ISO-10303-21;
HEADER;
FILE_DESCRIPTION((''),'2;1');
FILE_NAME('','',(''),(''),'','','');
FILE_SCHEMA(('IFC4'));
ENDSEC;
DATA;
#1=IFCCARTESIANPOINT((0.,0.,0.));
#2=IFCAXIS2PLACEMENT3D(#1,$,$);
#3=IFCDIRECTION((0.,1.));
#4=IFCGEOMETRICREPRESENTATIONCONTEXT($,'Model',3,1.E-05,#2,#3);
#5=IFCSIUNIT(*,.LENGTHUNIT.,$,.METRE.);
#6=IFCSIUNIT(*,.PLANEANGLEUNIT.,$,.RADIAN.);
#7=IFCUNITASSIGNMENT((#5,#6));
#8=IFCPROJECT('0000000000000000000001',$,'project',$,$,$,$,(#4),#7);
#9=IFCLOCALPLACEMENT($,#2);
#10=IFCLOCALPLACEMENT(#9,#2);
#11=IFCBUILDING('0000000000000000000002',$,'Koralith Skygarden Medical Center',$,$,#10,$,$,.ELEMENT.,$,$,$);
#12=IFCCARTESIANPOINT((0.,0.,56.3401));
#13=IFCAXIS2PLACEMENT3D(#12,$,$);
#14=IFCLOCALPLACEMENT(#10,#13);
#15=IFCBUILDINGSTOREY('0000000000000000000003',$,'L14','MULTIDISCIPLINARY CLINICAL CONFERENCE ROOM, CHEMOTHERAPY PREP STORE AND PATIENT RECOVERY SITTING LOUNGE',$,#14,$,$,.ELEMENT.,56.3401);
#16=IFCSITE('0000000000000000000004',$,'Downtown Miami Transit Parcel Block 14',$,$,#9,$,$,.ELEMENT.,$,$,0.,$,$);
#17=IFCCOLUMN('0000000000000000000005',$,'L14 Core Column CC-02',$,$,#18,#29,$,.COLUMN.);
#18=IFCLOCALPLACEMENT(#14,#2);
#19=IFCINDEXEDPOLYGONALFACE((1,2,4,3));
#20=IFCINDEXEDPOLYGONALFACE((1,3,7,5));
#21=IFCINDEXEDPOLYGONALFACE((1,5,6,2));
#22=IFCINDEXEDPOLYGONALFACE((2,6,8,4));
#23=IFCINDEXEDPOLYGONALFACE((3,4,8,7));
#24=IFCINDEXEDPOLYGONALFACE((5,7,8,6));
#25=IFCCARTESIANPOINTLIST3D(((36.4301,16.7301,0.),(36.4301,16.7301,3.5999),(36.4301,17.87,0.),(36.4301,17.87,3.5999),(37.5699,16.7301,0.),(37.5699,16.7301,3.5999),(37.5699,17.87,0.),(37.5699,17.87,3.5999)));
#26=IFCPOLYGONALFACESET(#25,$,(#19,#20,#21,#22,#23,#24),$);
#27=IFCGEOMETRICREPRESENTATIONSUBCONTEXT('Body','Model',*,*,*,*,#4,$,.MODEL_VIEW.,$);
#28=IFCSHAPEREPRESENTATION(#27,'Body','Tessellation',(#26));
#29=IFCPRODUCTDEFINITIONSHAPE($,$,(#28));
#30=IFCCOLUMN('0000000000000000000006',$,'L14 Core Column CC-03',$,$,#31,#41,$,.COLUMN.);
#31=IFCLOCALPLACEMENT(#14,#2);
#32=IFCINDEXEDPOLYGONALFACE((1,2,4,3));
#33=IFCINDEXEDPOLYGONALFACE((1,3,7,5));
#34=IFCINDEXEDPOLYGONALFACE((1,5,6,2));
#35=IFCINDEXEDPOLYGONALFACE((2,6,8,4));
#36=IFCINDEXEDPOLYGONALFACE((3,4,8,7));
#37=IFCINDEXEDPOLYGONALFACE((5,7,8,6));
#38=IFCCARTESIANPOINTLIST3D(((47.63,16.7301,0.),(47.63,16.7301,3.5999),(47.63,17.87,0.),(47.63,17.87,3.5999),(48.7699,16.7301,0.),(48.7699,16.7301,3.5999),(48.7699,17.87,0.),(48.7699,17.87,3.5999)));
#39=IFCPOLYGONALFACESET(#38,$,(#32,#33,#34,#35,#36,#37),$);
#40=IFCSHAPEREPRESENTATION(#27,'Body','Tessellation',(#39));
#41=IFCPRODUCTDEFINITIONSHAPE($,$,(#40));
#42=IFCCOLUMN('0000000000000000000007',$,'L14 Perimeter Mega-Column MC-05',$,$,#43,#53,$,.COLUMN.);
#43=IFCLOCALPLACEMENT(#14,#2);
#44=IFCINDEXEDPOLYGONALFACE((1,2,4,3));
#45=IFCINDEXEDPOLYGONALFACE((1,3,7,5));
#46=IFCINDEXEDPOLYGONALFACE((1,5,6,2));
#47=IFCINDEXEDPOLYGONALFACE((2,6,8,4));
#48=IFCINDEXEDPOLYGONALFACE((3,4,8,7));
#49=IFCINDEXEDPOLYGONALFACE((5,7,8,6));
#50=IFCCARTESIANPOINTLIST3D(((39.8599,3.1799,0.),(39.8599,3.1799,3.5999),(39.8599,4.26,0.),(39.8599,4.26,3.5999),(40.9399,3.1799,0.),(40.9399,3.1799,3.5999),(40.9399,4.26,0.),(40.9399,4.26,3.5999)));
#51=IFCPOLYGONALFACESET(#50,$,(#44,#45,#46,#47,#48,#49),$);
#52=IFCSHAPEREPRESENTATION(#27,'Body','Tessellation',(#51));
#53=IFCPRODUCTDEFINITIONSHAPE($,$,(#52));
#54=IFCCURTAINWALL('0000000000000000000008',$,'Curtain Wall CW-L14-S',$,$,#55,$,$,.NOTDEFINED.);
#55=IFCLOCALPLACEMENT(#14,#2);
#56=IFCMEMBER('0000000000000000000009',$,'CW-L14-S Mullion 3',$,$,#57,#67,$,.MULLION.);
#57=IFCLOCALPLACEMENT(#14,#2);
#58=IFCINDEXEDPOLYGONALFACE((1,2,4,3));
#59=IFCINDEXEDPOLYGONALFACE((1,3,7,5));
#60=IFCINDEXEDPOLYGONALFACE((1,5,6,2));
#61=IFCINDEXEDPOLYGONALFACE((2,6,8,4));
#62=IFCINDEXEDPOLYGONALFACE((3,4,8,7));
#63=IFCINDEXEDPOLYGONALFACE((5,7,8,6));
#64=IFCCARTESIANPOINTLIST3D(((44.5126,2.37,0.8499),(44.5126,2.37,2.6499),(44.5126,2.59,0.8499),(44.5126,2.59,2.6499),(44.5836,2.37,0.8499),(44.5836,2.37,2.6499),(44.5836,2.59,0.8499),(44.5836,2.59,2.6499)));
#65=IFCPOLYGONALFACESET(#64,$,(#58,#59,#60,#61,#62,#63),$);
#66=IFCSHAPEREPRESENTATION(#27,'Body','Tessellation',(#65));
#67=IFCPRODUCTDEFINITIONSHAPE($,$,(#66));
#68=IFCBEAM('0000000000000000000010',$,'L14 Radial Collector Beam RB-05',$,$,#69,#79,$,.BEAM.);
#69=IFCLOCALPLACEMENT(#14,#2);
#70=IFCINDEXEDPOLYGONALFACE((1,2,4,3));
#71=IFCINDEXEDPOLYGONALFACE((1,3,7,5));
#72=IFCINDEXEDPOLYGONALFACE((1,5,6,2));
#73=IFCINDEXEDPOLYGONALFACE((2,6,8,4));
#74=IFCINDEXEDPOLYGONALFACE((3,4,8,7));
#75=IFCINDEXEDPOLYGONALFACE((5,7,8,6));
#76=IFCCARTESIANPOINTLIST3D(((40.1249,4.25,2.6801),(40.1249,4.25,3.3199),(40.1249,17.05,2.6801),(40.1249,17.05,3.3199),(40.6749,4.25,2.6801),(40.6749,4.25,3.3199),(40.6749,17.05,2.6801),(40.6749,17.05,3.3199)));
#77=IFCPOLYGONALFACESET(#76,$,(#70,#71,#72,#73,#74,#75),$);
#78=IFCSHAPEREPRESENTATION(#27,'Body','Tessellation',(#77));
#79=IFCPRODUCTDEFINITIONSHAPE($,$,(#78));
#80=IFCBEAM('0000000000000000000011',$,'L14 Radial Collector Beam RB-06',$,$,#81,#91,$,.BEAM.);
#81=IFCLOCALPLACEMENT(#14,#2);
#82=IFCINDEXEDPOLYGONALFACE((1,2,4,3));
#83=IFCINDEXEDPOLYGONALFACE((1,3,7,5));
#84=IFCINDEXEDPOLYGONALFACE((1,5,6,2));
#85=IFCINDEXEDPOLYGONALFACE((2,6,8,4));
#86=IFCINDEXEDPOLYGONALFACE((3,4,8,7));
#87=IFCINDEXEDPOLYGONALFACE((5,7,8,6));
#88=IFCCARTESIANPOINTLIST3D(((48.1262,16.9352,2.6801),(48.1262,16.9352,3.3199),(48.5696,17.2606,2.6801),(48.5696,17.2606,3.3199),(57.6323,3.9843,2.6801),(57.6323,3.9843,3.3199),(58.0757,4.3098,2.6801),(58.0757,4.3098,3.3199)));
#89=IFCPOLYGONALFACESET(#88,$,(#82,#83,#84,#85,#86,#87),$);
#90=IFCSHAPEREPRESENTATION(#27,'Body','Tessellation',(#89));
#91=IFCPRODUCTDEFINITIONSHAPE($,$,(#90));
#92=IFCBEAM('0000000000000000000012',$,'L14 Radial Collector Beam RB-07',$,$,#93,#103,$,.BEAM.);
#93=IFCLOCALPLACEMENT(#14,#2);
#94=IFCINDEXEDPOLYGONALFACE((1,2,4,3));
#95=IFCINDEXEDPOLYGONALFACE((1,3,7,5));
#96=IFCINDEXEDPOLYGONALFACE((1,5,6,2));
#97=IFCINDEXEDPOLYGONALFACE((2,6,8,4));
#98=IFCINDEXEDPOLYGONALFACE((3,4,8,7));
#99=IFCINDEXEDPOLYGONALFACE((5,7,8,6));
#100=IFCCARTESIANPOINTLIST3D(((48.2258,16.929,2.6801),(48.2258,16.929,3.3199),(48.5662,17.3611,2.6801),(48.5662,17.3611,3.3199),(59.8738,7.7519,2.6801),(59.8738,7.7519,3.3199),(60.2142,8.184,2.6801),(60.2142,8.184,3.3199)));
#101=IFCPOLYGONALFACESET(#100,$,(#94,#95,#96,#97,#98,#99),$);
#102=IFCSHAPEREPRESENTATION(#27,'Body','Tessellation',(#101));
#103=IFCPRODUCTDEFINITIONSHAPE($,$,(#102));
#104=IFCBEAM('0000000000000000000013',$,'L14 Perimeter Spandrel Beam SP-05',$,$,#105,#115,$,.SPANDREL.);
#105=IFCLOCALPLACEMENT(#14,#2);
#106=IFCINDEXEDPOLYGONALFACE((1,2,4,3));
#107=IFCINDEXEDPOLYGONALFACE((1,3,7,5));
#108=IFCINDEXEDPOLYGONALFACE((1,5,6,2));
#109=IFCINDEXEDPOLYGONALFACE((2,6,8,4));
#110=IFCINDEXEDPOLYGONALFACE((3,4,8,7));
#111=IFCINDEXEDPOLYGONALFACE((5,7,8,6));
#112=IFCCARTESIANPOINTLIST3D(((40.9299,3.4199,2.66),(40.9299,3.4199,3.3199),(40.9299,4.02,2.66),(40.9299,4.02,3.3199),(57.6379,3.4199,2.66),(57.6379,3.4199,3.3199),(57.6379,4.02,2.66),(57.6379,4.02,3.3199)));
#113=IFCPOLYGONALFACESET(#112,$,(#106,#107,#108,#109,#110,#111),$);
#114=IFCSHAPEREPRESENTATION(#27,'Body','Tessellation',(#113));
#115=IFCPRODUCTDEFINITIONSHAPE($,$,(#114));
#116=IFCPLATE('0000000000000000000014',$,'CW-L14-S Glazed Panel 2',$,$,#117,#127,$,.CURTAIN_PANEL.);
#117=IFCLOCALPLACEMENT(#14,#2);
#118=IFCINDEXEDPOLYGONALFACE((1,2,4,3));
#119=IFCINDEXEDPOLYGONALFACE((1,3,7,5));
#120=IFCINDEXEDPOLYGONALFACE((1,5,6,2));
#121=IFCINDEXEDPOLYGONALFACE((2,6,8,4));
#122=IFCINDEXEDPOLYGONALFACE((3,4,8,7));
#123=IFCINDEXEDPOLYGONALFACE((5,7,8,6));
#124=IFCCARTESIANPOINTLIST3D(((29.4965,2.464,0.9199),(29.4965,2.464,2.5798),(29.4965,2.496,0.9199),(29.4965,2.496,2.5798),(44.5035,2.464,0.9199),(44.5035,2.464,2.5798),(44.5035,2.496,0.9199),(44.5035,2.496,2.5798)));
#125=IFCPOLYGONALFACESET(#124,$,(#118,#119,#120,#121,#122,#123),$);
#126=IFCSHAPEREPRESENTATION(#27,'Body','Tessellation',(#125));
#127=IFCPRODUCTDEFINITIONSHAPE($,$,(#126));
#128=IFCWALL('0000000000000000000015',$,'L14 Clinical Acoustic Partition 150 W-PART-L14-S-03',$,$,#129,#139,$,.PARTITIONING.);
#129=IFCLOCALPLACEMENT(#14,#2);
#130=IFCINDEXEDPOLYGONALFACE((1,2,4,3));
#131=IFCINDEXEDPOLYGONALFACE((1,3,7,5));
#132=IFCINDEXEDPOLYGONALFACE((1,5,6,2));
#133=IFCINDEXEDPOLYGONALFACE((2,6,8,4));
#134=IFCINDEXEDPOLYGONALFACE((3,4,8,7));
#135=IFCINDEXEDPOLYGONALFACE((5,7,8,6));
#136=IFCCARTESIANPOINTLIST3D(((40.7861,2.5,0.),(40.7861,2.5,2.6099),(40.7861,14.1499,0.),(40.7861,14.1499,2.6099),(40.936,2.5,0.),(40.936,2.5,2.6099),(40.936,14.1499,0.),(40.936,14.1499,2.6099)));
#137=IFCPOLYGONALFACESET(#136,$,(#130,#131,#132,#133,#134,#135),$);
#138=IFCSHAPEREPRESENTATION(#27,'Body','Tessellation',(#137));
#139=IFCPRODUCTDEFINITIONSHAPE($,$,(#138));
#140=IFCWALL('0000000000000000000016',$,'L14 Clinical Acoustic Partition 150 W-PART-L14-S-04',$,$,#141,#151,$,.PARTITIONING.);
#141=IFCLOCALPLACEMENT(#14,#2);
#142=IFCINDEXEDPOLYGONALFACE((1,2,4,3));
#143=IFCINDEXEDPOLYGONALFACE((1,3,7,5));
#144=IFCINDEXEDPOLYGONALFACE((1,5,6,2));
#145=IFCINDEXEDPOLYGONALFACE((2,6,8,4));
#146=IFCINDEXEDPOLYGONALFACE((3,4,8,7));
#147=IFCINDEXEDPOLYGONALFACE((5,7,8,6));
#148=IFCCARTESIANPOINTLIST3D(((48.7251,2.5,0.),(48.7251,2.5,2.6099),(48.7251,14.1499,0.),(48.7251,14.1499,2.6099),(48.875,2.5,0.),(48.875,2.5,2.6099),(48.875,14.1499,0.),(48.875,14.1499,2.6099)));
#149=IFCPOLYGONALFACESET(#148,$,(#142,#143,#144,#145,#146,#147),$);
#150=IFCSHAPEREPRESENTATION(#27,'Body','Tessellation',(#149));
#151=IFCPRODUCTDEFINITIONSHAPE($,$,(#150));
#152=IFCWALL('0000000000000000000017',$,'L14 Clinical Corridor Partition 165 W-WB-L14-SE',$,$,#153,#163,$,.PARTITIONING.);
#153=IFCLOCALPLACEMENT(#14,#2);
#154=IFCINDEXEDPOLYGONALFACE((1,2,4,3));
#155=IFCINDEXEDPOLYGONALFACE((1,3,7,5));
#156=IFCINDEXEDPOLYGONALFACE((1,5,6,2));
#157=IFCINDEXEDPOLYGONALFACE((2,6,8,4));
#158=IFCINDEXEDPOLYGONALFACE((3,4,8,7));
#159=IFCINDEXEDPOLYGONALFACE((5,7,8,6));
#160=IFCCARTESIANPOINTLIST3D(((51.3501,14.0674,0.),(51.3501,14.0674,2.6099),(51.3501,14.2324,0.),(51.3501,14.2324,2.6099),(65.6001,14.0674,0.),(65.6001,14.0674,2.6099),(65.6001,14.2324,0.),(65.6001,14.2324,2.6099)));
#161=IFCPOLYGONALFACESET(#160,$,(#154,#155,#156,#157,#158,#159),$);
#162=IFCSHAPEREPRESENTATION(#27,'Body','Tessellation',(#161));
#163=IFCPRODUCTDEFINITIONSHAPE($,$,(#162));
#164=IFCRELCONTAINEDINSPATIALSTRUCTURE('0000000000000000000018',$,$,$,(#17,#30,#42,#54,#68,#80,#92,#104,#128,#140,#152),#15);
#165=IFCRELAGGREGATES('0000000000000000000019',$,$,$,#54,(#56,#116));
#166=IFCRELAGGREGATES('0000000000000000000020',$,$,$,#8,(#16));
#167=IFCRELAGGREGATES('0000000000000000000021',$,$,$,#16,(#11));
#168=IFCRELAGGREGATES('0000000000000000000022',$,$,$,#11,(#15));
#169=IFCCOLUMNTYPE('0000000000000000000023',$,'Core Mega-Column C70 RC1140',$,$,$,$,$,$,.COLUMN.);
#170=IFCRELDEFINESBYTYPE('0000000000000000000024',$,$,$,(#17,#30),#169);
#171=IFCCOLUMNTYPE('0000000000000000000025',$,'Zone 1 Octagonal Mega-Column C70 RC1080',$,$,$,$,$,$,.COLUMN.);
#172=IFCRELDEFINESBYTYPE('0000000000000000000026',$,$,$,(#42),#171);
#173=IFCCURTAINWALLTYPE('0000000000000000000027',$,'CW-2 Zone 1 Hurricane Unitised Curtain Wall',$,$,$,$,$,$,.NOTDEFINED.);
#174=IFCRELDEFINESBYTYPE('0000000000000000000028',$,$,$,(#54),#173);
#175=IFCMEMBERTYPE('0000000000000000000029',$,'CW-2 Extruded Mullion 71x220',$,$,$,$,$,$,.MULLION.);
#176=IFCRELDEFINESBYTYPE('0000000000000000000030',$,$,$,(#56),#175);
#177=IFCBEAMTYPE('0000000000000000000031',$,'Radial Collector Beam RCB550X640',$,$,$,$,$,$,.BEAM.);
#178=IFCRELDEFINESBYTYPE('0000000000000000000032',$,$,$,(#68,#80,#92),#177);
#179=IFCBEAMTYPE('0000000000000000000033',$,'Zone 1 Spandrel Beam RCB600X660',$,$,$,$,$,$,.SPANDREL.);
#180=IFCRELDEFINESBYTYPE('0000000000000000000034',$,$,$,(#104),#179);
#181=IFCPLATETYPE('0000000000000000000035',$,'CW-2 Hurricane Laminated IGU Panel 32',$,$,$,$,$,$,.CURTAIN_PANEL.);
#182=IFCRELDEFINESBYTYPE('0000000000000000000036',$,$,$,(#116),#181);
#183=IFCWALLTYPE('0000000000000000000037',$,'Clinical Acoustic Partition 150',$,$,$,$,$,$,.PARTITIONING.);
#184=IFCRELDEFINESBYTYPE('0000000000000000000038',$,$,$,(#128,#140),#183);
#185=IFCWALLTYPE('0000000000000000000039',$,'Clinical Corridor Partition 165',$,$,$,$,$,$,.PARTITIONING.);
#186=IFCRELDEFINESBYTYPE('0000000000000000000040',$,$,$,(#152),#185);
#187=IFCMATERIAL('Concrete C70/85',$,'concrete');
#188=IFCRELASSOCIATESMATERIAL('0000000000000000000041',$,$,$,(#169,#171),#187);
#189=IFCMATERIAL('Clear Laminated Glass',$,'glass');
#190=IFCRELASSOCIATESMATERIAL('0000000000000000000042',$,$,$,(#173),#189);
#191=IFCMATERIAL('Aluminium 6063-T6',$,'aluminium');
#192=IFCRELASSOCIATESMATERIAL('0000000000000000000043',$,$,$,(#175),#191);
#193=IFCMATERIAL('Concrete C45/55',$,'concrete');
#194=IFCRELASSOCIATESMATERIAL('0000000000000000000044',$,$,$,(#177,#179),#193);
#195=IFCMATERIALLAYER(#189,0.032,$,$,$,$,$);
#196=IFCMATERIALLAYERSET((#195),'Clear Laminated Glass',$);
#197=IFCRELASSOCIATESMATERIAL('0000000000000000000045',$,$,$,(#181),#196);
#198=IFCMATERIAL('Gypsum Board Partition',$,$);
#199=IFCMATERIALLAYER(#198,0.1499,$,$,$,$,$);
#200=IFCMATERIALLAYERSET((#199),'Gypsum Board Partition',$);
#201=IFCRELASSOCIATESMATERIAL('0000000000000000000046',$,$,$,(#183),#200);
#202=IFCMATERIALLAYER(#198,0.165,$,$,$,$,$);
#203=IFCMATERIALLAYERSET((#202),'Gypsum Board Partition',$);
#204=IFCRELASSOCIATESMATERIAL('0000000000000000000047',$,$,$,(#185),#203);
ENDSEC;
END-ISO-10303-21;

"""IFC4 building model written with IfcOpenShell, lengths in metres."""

from ifc_helpers import new_model, si_unit, direction, frame, frame_2d, origin, origin_2d, place, context, subcontext, project, spatial, rectangle, extrude, material, layer, layer_set, material_profile, profile_set, type_object, element, aggregate, save


model = new_model("IFC4")

# Units and contexts
model_context = context("Model", 3, precision=1e-05, world=origin(), true_north=direction((0.0, 1.0)))
body_context = subcontext(model_context, "Body", "Model", "MODEL_VIEW")
ifc_project = project(units=[si_unit("LENGTHUNIT", "METRE"), si_unit("PLANEANGLEUNIT", "RADIAN")], contexts=[model_context])

# Site, building, storey
site_placement = place(None, origin())
site = spatial("IfcSite", under=ifc_project, at=site_placement, Name="Downtown Miami Transit Parcel Block 14", CompositionType="ELEMENT", RefElevation=0.0)
building_placement = place(site_placement, origin())
building = spatial("IfcBuilding", under=site, at=building_placement, Name="Koralith Skygarden Medical Center", CompositionType="ELEMENT")
storey_placement = place(building_placement, frame((0.0, 0.0, 56.3401)))
storey = spatial("IfcBuildingStorey", under=building, at=storey_placement, Name="L14", Description="MULTIDISCIPLINARY CLINICAL CONFERENCE ROOM, CHEMOTHERAPY PREP STORE AND PATIENT RECOVERY SITTING LOUNGE", CompositionType="ELEMENT", Elevation=56.3401)

# Columns
ifc_material_1 = material(Name="Concrete C70/85", Category="concrete")
ifc_material_profile_1 = material_profile(ifc_material_1, rectangle(XDim=1.1399, YDim=1.1399, at=origin_2d()), Name="RC1140X1140")
ifc_profile_set_1 = profile_set([ifc_material_profile_1], Name="Concrete C70/85")
column_type_1 = type_object("IfcColumnType", Name="Core Mega-Column C70 RC1140", PredefinedType="COLUMN", material=ifc_profile_set_1)
for number, where, z_axis, x_axis, name in (
    (1, (37.0, 17.3, 0.0), (0.0, 0.0, 1.0), (1.0, 0.0, 0.0), "L14 Core Column CC-02"),
    (2, (48.2, 17.3, 0.0), (0.0, 0.0, 1.0), (1.0, 0.0, 0.0), "L14 Core Column CC-03"),
):
    element("IfcColumn", number, at=place(storey_placement, frame(where, z_axis=z_axis, x_axis=x_axis)), inside=storey, type_object=column_type_1, Name=name, PredefinedType="COLUMN", context=body_context, shape_type="SweptSolid", body=[
        extrude(rectangle(XDim=1.1399, YDim=1.1399, at=origin_2d()), origin(), (0.0, 0.0, 1.0), 3.5999),
    ])
ifc_material_profile_2 = material_profile(ifc_material_1, rectangle(XDim=1.0801, YDim=1.0801, at=origin_2d()), Name="RC1080X1080")
ifc_profile_set_2 = profile_set([ifc_material_profile_2], Name="Concrete C70/85")
column_type_2 = type_object("IfcColumnType", Name="Zone 1 Octagonal Mega-Column C70 RC1080", PredefinedType="COLUMN", material=ifc_profile_set_2)
column_placement = place(storey_placement, frame((40.3999, 3.72, 0.0), z_axis=(0.0, 0.0, 1.0), x_axis=(1.0, 0.0, 0.0)))
element("IfcColumn", 3, at=column_placement, inside=storey, type_object=column_type_2, Name="L14 Perimeter Mega-Column MC-05", PredefinedType="COLUMN", context=body_context, shape_type="SweptSolid", body=[
    extrude(rectangle(XDim=1.0801, YDim=1.0801, at=origin_2d()), origin(), (0.0, 0.0, 1.0), 3.5999),
])

# Curtain wall, member
ifc_material_2 = material(Name="Clear Laminated Glass", Category="glass")
curtain_wall_type = type_object("IfcCurtainWallType", Name="CW-2 Zone 1 Hurricane Unitised Curtain Wall", PredefinedType="NOTDEFINED", material=ifc_material_2)
curtain_wall_placement = place(storey_placement, origin())
curtain_wall = element("IfcCurtainWall", 4, at=curtain_wall_placement, inside=storey, type_object=curtain_wall_type, Name="Curtain Wall CW-L14-S", PredefinedType="NOTDEFINED")
ifc_material_3 = material(Name="Aluminium 6063-T6", Category="aluminium")
ifc_material_profile_3 = material_profile(ifc_material_3, rectangle(XDim=0.071, YDim=0.22, at=origin_2d()), Name="MUL71X220")
ifc_profile_set_3 = profile_set([ifc_material_profile_3], Name="Aluminium 6063-T6")
member_type = type_object("IfcMemberType", Name="CW-2 Extruded Mullion 71x220", PredefinedType="MULLION", material=ifc_profile_set_3)
member_placement = place(storey_placement, frame((44.5481, 2.48, 0.8499), z_axis=(0.0, 0.0, 1.0), x_axis=(1.0, 0.0, 0.0)))
member = element("IfcMember", 5, at=member_placement, type_object=member_type, Name="CW-L14-S Mullion 3", PredefinedType="MULLION", context=body_context, shape_type="SweptSolid", body=[
    extrude(rectangle(XDim=0.071, YDim=0.22, at=origin_2d()), origin(), (0.0, 0.0, 1.0), 1.8),
])

# Beams
ifc_material_4 = material(Name="Concrete C45/55", Category="concrete")
ifc_material_profile_4 = material_profile(ifc_material_4, rectangle(XDim=0.55, YDim=0.6399, at=origin_2d()), Name="RCB550X640")
ifc_profile_set_4 = profile_set([ifc_material_profile_4], Name="Concrete C45/55")
beam_type_1 = type_object("IfcBeamType", Name="Radial Collector Beam RCB550X640", PredefinedType="BEAM", material=ifc_profile_set_4)
beam_1_placement = place(storey_placement, frame((40.3999, 17.05, 3.0), z_axis=(0.0, -1.0, 0.0), x_axis=(1.0, 0.0, 0.0)))
element("IfcBeam", 6, at=beam_1_placement, inside=storey, type_object=beam_type_1, Name="L14 Radial Collector Beam RB-05", PredefinedType="BEAM", context=body_context, shape_type="SweptSolid", body=[
    extrude(rectangle(XDim=0.55, YDim=0.6399, at=origin_2d()), origin(), (0.0, 0.0, 1.0), 12.8),
])
beam_2_placement = place(storey_placement, frame((48.3479, 17.0979, 3.0), z_axis=(0.591718, -0.806145, 0.0), x_axis=(0.806145, 0.591718, 0.0)))
element("IfcBeam", 7, at=beam_2_placement, inside=storey, type_object=beam_type_1, Name="L14 Radial Collector Beam RB-06", PredefinedType="BEAM", context=body_context, shape_type="SweptSolid", body=[
    extrude(rectangle(XDim=0.55, YDim=0.6399, at=origin_2d()), origin(), (0.0, 0.0, 1.0), 16.0652),
])
beam_3_placement = place(storey_placement, frame((48.396, 17.145, 3.0), z_axis=(0.785497, -0.618865, 0.0), x_axis=(0.618865, 0.785497, 0.0)))
element("IfcBeam", 8, at=beam_3_placement, inside=storey, type_object=beam_type_1, Name="L14 Radial Collector Beam RB-07", PredefinedType="BEAM", context=body_context, shape_type="SweptSolid", body=[
    extrude(rectangle(XDim=0.55, YDim=0.6399, at=origin_2d()), origin(), (0.0, 0.0, 1.0), 14.8289),
])
ifc_material_profile_5 = material_profile(ifc_material_4, rectangle(XDim=0.6001, YDim=0.6599, at=origin_2d()), Name="RCB600X660")
ifc_profile_set_5 = profile_set([ifc_material_profile_5], Name="Concrete C45/55")
beam_type_2 = type_object("IfcBeamType", Name="Zone 1 Spandrel Beam RCB600X660", PredefinedType="SPANDREL", material=ifc_profile_set_5)
beam_4_placement = place(storey_placement, frame((40.9299, 3.72, 2.99), z_axis=(1.0, 0.0, 0.0), x_axis=(0.0, 1.0, 0.0)))
element("IfcBeam", 9, at=beam_4_placement, inside=storey, type_object=beam_type_2, Name="L14 Perimeter Spandrel Beam SP-05", PredefinedType="SPANDREL", context=body_context, shape_type="SweptSolid", body=[
    extrude(rectangle(XDim=0.6001, YDim=0.6599, at=origin_2d()), origin(), (0.0, 0.0, 1.0), 16.708),
])

# Plate
ifc_layer_1 = layer(ifc_material_2, 0.032)
ifc_layer_set_1 = layer_set([ifc_layer_1], Name="Clear Laminated Glass")
plate_type = type_object("IfcPlateType", Name="CW-2 Hurricane Laminated IGU Panel 32", PredefinedType="CURTAIN_PANEL", material=ifc_layer_set_1)
plate_placement = place(storey_placement, frame((37.0, 2.48, 0.9199), z_axis=(0.0, 0.0, 1.0), x_axis=(1.0, 0.0, 0.0)))
plate = element("IfcPlate", 10, at=plate_placement, type_object=plate_type, Name="CW-L14-S Glazed Panel 2", PredefinedType="CURTAIN_PANEL", context=body_context, shape_type="SweptSolid", body=[
    extrude(rectangle(XDim=15.0071, YDim=0.032, at=origin_2d()), origin(), (0.0, 0.0, 1.0), 1.6599),
])
aggregate(curtain_wall, [member, plate])

# Walls
ifc_material_5 = material(Name="Gypsum Board Partition")
ifc_layer_2 = layer(ifc_material_5, 0.1499)
ifc_layer_set_2 = layer_set([ifc_layer_2], Name="Gypsum Board Partition")
wall_type_1 = type_object("IfcWallType", Name="Clinical Acoustic Partition 150", PredefinedType="PARTITIONING", material=ifc_layer_set_2)
for number, where, z_axis, x_axis, name in (
    (11, (40.8611, 14.1499, 0.0), (0.0, 0.0, 1.0), (0.0, -1.0, 0.0), "L14 Clinical Acoustic Partition 150 W-PART-L14-S-03"),
    (12, (48.8, 14.1499, 0.0), (0.0, 0.0, 1.0), (0.0, -1.0, 0.0), "L14 Clinical Acoustic Partition 150 W-PART-L14-S-04"),
):
    element("IfcWall", number, at=place(storey_placement, frame(where, z_axis=z_axis, x_axis=x_axis)), inside=storey, type_object=wall_type_1, Name=name, PredefinedType="PARTITIONING", context=body_context, shape_type="SweptSolid", body=[
        extrude(rectangle(XDim=11.6499, YDim=0.1499, at=frame_2d((5.825, 0.0))), origin(), (0.0, 0.0, 1.0), 2.6099),
    ])
ifc_layer_3 = layer(ifc_material_5, 0.165)
ifc_layer_set_3 = layer_set([ifc_layer_3], Name="Gypsum Board Partition")
wall_type_2 = type_object("IfcWallType", Name="Clinical Corridor Partition 165", PredefinedType="PARTITIONING", material=ifc_layer_set_3)
wall_1_placement = place(storey_placement, frame((51.3501, 14.1499, 0.0), z_axis=(0.0, 0.0, 1.0), x_axis=(1.0, 0.0, 0.0)))
element("IfcWall", 13, at=wall_1_placement, inside=storey, type_object=wall_type_2, Name="L14 Clinical Corridor Partition 165 W-WB-L14-SE", PredefinedType="PARTITIONING", context=body_context, shape_type="SweptSolid", body=[
    extrude(rectangle(XDim=14.25, YDim=0.165, at=frame_2d((7.125, 0.0))), origin(), (0.0, 0.0, 1.0), 2.6099),
])

save(model, "model.ifc")
